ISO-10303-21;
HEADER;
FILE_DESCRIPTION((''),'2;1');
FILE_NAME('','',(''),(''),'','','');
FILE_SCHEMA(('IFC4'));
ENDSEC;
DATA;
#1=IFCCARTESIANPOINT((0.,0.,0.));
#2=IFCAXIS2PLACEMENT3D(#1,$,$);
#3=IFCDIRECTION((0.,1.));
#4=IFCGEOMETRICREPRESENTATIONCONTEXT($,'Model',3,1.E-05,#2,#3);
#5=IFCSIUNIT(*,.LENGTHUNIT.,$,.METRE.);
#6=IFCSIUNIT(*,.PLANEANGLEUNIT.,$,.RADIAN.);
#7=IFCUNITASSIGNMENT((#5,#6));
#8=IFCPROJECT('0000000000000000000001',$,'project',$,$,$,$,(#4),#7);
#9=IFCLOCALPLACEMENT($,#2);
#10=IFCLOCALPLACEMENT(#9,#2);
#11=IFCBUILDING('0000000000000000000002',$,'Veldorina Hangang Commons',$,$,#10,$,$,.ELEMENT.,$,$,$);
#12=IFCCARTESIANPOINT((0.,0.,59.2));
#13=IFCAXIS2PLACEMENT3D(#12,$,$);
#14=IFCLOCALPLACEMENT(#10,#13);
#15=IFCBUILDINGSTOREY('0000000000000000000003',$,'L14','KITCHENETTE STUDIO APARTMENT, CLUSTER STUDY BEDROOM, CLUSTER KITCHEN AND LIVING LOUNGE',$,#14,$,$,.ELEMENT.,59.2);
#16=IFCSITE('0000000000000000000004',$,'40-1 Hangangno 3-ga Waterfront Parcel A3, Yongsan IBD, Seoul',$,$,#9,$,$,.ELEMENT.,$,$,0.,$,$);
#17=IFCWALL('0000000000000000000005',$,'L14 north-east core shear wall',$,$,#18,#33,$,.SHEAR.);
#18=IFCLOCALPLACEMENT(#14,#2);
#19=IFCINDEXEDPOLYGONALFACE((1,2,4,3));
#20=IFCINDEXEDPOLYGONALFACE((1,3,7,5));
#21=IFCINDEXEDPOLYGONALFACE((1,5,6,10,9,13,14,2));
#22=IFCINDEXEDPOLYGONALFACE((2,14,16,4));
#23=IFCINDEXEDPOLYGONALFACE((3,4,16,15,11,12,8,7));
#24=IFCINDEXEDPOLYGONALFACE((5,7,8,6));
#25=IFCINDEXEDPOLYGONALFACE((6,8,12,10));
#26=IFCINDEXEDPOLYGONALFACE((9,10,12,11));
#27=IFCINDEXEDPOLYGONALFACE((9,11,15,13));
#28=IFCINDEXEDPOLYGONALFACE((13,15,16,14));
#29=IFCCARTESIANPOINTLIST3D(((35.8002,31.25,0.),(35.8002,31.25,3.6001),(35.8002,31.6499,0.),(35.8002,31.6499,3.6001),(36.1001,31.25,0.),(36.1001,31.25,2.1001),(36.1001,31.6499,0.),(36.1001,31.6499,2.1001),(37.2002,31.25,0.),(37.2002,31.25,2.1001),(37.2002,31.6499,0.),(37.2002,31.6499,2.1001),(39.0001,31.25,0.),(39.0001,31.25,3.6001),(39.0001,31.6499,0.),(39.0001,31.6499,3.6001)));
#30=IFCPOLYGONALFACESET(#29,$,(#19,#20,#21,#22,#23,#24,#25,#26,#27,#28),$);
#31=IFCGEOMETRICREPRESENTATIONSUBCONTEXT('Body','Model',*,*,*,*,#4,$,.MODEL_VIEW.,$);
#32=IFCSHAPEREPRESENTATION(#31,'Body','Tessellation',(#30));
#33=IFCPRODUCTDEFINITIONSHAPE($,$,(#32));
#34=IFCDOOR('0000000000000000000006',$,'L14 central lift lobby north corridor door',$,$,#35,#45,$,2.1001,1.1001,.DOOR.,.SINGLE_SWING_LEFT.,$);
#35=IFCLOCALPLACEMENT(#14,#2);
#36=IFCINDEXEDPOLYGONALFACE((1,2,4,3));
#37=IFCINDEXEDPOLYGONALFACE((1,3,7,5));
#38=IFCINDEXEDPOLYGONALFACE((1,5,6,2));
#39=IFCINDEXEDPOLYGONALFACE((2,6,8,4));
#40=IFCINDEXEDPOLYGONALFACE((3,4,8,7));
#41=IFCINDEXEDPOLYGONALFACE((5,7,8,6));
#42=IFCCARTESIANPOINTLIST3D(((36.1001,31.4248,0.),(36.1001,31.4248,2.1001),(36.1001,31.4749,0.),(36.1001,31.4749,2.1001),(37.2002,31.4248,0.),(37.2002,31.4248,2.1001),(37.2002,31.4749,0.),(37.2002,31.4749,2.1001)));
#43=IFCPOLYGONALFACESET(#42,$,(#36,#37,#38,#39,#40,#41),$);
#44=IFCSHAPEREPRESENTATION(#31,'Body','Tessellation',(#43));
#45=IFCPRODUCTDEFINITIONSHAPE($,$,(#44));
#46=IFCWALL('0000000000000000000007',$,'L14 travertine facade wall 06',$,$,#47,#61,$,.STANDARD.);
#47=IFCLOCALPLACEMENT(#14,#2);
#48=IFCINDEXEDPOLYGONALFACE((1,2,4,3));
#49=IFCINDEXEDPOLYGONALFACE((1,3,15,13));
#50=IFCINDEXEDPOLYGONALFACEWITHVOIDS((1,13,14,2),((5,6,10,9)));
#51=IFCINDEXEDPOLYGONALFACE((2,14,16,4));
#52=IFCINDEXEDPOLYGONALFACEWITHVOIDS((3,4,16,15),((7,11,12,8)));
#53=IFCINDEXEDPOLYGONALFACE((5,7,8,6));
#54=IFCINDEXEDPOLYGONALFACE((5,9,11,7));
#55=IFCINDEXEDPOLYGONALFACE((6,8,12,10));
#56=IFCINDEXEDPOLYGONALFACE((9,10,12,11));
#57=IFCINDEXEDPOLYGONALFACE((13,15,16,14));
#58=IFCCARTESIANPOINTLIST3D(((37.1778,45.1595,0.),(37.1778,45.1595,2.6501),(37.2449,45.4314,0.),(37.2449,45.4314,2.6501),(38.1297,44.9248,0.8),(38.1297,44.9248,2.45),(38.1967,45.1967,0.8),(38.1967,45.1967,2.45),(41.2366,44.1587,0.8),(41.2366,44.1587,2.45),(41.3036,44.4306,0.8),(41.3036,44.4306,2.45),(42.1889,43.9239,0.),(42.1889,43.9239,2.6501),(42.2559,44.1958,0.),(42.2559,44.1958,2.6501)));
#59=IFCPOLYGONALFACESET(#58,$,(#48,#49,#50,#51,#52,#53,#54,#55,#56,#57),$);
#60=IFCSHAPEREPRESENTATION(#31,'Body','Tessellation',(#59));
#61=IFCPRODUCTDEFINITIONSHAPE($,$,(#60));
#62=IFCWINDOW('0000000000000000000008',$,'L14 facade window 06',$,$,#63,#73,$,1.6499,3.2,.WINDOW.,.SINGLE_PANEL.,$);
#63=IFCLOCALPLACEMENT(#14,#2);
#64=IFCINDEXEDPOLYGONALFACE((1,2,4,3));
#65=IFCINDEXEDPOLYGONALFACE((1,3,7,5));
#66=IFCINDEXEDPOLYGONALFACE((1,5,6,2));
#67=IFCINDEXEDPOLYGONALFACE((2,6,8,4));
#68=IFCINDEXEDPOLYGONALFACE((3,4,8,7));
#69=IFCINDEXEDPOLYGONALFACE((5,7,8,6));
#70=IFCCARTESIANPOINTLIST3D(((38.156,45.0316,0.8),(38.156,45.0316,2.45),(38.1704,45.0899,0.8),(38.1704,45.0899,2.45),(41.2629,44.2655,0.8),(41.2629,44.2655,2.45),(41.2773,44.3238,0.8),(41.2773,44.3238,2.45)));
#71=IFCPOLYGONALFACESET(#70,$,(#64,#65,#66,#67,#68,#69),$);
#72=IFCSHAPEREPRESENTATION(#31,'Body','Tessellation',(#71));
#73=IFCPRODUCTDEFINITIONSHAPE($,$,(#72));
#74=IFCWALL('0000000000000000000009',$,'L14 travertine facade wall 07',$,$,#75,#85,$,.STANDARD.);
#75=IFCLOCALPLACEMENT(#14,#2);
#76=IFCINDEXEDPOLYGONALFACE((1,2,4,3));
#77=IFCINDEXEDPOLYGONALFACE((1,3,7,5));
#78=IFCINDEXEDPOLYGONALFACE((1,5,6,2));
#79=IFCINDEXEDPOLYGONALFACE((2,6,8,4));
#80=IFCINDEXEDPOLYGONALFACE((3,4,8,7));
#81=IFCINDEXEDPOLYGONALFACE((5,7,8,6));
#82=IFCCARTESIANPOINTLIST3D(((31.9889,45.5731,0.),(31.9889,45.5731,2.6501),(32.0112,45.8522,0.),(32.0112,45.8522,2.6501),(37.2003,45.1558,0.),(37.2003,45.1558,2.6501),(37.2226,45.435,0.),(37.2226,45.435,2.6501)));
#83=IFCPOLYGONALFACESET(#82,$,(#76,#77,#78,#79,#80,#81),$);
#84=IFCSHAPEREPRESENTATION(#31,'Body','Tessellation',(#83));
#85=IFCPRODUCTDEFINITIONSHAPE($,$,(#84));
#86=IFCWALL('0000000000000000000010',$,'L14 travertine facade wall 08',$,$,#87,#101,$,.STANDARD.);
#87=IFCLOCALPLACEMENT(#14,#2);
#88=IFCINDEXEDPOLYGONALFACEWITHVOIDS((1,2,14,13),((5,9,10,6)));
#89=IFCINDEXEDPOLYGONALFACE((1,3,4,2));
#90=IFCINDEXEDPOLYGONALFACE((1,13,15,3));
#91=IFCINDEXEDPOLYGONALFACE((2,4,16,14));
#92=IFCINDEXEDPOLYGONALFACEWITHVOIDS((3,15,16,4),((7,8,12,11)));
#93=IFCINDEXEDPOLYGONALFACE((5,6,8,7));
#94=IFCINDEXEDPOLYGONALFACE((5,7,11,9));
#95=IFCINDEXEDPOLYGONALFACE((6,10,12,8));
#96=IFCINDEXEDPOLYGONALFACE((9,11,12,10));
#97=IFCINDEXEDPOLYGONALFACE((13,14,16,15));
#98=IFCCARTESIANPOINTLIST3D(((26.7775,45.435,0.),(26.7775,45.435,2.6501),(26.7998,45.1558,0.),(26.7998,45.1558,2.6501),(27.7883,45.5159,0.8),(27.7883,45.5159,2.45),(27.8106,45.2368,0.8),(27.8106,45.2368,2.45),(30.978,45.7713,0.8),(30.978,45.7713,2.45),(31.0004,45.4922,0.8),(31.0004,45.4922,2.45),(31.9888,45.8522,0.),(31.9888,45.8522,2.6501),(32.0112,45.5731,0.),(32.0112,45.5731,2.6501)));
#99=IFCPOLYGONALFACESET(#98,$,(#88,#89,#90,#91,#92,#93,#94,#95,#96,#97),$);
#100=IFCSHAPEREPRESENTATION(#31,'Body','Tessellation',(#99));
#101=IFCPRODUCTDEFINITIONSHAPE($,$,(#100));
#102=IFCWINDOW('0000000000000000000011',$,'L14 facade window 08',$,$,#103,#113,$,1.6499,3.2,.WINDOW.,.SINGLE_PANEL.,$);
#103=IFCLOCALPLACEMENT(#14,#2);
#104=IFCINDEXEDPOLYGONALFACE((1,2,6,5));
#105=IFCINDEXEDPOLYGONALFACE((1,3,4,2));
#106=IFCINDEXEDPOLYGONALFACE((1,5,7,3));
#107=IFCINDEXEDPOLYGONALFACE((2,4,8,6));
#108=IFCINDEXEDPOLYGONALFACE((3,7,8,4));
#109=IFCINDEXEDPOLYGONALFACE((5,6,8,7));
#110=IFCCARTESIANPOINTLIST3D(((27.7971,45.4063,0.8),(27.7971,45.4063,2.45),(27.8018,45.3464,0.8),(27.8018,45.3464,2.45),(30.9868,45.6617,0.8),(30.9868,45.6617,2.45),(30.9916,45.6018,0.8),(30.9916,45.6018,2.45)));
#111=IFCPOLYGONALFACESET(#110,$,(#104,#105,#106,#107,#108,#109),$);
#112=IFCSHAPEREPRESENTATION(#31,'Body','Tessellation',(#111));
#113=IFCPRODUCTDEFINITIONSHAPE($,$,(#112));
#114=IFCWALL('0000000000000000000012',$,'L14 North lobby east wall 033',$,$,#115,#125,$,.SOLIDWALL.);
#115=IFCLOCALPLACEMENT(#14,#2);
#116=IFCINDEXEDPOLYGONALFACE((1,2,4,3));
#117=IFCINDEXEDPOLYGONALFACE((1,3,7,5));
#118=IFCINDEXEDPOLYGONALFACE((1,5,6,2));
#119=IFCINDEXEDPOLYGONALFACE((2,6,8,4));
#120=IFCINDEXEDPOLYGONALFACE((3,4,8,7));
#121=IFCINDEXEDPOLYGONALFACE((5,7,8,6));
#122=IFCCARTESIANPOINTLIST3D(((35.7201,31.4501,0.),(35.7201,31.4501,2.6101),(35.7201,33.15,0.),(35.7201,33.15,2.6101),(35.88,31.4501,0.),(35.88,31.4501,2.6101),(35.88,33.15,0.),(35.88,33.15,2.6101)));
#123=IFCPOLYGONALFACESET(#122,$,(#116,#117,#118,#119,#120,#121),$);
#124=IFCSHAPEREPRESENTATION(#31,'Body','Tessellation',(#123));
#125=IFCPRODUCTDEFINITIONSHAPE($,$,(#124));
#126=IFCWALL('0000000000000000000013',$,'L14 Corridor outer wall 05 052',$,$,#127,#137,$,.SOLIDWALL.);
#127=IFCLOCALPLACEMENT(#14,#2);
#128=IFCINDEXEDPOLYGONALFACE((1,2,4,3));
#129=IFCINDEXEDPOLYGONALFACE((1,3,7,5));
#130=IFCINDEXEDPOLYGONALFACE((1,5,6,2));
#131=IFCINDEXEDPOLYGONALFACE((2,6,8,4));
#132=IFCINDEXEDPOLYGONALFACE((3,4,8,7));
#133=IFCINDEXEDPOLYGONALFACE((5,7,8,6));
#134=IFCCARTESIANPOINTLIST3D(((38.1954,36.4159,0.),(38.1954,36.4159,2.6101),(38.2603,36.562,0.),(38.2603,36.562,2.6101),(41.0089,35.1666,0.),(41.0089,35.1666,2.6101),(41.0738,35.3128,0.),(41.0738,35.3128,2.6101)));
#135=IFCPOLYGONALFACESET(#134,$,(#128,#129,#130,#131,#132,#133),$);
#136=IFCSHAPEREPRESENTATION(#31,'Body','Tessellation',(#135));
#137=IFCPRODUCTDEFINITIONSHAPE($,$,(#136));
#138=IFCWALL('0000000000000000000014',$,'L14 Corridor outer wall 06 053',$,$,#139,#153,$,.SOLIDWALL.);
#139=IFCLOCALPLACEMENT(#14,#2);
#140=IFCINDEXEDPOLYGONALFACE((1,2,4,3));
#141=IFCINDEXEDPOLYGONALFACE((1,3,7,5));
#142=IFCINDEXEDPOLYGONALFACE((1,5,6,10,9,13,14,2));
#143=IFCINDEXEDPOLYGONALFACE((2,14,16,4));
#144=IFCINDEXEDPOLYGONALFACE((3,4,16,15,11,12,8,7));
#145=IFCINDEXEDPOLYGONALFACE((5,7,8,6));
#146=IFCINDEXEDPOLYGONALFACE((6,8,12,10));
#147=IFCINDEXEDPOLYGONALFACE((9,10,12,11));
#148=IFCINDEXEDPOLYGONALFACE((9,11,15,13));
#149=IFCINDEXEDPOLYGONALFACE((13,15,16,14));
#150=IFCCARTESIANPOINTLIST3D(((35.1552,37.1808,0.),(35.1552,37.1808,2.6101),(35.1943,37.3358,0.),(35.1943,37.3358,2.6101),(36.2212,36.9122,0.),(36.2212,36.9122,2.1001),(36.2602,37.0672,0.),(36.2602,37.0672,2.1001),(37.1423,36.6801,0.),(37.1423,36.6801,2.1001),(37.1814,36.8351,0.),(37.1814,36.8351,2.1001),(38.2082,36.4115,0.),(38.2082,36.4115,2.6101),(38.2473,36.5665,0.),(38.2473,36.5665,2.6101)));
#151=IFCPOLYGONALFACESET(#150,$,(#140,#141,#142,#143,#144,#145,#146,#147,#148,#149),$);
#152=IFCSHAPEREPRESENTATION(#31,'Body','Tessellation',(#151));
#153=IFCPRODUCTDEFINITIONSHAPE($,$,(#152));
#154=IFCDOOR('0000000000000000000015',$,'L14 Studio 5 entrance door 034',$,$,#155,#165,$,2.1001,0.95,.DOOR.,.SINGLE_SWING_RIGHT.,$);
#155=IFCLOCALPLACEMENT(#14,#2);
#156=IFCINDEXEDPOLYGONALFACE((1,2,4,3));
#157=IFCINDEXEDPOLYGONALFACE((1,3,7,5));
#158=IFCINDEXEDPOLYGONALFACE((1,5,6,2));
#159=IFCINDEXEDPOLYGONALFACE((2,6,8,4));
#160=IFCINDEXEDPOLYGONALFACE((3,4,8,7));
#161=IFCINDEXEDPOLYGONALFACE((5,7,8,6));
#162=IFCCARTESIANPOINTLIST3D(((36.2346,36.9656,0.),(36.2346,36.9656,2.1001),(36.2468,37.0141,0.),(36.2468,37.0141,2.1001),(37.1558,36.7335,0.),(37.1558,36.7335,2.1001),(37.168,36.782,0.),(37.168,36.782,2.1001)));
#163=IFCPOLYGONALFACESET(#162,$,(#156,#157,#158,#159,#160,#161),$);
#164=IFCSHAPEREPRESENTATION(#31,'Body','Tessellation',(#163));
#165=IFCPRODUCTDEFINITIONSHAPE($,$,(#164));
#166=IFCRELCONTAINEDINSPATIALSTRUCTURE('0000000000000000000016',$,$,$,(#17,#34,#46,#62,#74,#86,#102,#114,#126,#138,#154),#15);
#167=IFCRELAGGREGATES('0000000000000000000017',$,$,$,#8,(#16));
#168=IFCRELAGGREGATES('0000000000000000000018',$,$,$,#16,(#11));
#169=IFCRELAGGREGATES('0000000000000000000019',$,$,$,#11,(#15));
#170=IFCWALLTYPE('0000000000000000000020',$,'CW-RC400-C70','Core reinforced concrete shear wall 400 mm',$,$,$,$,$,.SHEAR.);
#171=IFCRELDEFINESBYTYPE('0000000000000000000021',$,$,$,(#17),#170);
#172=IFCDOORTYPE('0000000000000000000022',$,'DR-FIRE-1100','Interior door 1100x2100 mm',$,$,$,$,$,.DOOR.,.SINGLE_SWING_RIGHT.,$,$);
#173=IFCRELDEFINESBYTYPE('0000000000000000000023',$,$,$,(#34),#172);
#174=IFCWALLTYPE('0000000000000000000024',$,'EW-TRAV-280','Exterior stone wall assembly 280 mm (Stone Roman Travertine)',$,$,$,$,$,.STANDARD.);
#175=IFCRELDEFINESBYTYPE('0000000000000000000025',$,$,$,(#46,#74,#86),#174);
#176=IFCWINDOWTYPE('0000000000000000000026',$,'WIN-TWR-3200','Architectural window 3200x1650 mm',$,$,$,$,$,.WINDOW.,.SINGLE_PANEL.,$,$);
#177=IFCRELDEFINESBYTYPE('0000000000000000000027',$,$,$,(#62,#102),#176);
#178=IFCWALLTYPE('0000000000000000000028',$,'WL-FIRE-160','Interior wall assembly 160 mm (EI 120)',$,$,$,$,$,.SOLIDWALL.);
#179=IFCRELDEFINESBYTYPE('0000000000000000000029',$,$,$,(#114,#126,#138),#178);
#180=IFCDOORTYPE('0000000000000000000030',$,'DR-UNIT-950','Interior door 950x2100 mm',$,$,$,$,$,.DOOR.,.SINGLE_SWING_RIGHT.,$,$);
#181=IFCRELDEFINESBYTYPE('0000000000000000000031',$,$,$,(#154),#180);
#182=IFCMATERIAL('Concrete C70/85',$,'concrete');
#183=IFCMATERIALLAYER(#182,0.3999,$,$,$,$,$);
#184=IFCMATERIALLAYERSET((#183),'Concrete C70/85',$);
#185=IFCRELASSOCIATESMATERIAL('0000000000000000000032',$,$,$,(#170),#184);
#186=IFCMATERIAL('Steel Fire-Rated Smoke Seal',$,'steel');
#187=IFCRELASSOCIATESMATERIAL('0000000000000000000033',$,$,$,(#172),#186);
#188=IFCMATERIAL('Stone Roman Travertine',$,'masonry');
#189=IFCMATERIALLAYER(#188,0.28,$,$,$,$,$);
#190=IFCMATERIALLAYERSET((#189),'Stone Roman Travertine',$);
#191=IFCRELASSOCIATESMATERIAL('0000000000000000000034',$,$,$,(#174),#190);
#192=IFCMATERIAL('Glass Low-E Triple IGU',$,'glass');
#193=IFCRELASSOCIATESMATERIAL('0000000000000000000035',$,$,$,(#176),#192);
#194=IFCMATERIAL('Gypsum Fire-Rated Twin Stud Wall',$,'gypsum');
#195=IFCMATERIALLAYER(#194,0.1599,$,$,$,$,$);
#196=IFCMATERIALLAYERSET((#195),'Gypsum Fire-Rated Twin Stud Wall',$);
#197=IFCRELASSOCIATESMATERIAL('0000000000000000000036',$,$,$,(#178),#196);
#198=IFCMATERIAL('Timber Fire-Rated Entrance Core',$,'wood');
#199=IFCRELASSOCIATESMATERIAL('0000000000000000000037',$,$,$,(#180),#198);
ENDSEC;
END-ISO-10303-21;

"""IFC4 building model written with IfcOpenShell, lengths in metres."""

from ifc_helpers import new_model, si_unit, direction, frame, frame_2d, origin, place, context, subcontext, project, spatial, rectangle, extrude, material, layer, layer_set, type_object, element, fill, save


model = new_model("IFC4")

# Units and contexts
model_context = context("Model", 3, precision=1e-05, world=origin(), true_north=direction((0.0, 1.0)))
body_context = subcontext(model_context, "Body", "Model", "MODEL_VIEW")
ifc_project = project(units=[si_unit("LENGTHUNIT", "METRE"), si_unit("PLANEANGLEUNIT", "RADIAN")], contexts=[model_context])

# Site, building, storey
site_placement = place(None, origin())
site = spatial("IfcSite", under=ifc_project, at=site_placement, Name="40-1 Hangangno 3-ga Waterfront Parcel A3, Yongsan IBD, Seoul", CompositionType="ELEMENT", RefElevation=0.0)
building_placement = place(site_placement, origin())
building = spatial("IfcBuilding", under=site, at=building_placement, Name="Veldorina Hangang Commons", CompositionType="ELEMENT")
storey_placement = place(building_placement, frame((0.0, 0.0, 59.2)))
storey = spatial("IfcBuildingStorey", under=building, at=storey_placement, Name="L14", Description="KITCHENETTE STUDIO APARTMENT, CLUSTER STUDY BEDROOM, CLUSTER KITCHEN AND LIVING LOUNGE", CompositionType="ELEMENT", Elevation=59.2)

# Wall, opening, door
ifc_material_1 = material(Name="Concrete C70/85", Category="concrete")
ifc_layer_1 = layer(ifc_material_1, 0.3999)
ifc_layer_set_1 = layer_set([ifc_layer_1], Name="Concrete C70/85")
wall_type_1 = type_object("IfcWallType", Name="CW-RC400-C70", Description="Core reinforced concrete shear wall 400 mm", PredefinedType="SHEAR", material=ifc_layer_set_1)
wall_1_placement = place(storey_placement, frame((35.8, 31.45, 0.0), z_axis=(0.0, 0.0, 1.0), x_axis=(1.0, 0.0, 0.0)))
wall_1 = element("IfcWall", 1, at=wall_1_placement, inside=storey, type_object=wall_type_1, Name="L14 north-east core shear wall", PredefinedType="SHEAR", context=body_context, shape_type="SweptSolid", body=[
    extrude(rectangle(XDim=3.2, YDim=0.3999, at=frame_2d((1.6001, 0.0))), origin(), (0.0, 0.0, 1.0), 3.6001),
])
opening_1_placement = place(wall_1_placement, frame((0.3, 0.0, 0.0)))
opening_1 = element("IfcOpeningElement", 2, at=opening_1_placement, cuts=wall_1, PredefinedType="OPENING", context=body_context, shape_type="SweptSolid", body=[
    extrude(rectangle(XDim=1.1001, YDim=2.1001, at=frame_2d((0.55, 1.05))), frame((0.0, 0.21, 0.0), z_axis=(0.0, -1.0, 0.0), x_axis=(1.0, 0.0, 0.0)), (0.0, 0.0, 1.0), 0.4199),
])
ifc_material_2 = material(Name="Steel Fire-Rated Smoke Seal", Category="steel")
door_type_1 = type_object("IfcDoorType", Name="DR-FIRE-1100", Description="Interior door 1100x2100 mm", OperationType="SINGLE_SWING_RIGHT", PredefinedType="DOOR", material=ifc_material_2)
door_1_placement = place(opening_1_placement, origin())
door_1 = element("IfcDoor", 3, at=door_1_placement, inside=storey, type_object=door_type_1, Name="L14 central lift lobby north corridor door", OperationType="SINGLE_SWING_LEFT", OverallHeight=2.1001, OverallWidth=1.1001, PredefinedType="DOOR", context=body_context, shape_type="SweptSolid", body=[
    extrude(rectangle(XDim=1.1001, YDim=2.1001, at=frame_2d((0.55, 1.05))), frame((0.0, 0.0249, 0.0), z_axis=(0.0, -1.0, 0.0), x_axis=(1.0, 0.0, 0.0)), (0.0, 0.0, 1.0), 0.05),
])
fill(opening_1, door_1)

# Wall, opening, window
ifc_material_3 = material(Name="Stone Roman Travertine", Category="masonry")
ifc_layer_2 = layer(ifc_material_3, 0.28)
ifc_layer_set_2 = layer_set([ifc_layer_2], Name="Stone Roman Travertine")
wall_type_2 = type_object("IfcWallType", Name="EW-TRAV-280", Description="Exterior stone wall assembly 280 mm (Stone Roman Travertine)", PredefinedType="STANDARD", material=ifc_layer_set_2)
wall_2_placement = place(storey_placement, frame((42.2224, 44.0598, 0.0), z_axis=(0.0, 0.0, 1.0), x_axis=(-0.970919, 0.239407, 0.0)))
wall_2 = element("IfcWall", 4, at=wall_2_placement, inside=storey, type_object=wall_type_2, Name="L14 travertine facade wall 06", PredefinedType="STANDARD", context=body_context, shape_type="SweptSolid", body=[
    extrude(rectangle(XDim=5.1611, YDim=0.28, at=frame_2d((2.5806, 0.0))), origin(), (0.0, 0.0, 1.0), 2.6501),
])
opening_2_placement = place(wall_2_placement, frame((0.9807, 0.0, 0.8)))
opening_2 = element("IfcOpeningElement", 5, at=opening_2_placement, cuts=wall_2, PredefinedType="OPENING", context=body_context, shape_type="SweptSolid", body=[
    extrude(rectangle(XDim=3.2, YDim=1.6499, at=frame_2d((1.6001, 0.825))), frame((0.0, 0.1499, 0.0), z_axis=(0.0, -1.0, 0.0), x_axis=(1.0, 0.0, 0.0)), (0.0, 0.0, 1.0), 0.3),
])
ifc_material_4 = material(Name="Glass Low-E Triple IGU", Category="glass")
window_type = type_object("IfcWindowType", Name="WIN-TWR-3200", Description="Architectural window 3200x1650 mm", PartitioningType="SINGLE_PANEL", PredefinedType="WINDOW", material=ifc_material_4)
window_1_placement = place(opening_2_placement, origin())
window_1 = element("IfcWindow", 6, at=window_1_placement, inside=storey, type_object=window_type, Name="L14 facade window 06", OverallHeight=1.6499, OverallWidth=3.2, PartitioningType="SINGLE_PANEL", PredefinedType="WINDOW", context=body_context, shape_type="SweptSolid", body=[
    extrude(rectangle(XDim=3.2, YDim=1.6499, at=frame_2d((1.6001, 0.825))), frame((0.0, 0.03, 0.0), z_axis=(0.0, -1.0, 0.0), x_axis=(1.0, 0.0, 0.0)), (0.0, 0.0, 1.0), 0.0601),
])
fill(opening_2, window_1)

# Wall
wall_3_placement = place(storey_placement, frame((37.2114, 45.2954, 0.0), z_axis=(0.0, 0.0, 1.0), x_axis=(-0.99681, 0.079806, 0.0)))
element("IfcWall", 7, at=wall_3_placement, inside=storey, type_object=wall_type_2, Name="L14 travertine facade wall 07", PredefinedType="STANDARD", context=body_context, shape_type="SweptSolid", body=[
    extrude(rectangle(XDim=5.228, YDim=0.28, at=frame_2d((2.614, 0.0))), origin(), (0.0, 0.0, 1.0), 2.6501),
])

# Wall, opening, window
wall_4_placement = place(storey_placement, frame((32.0, 45.7126, 0.0), z_axis=(0.0, 0.0, 1.0), x_axis=(-0.99681, -0.079806, 0.0)))
wall_4 = element("IfcWall", 8, at=wall_4_placement, inside=storey, type_object=wall_type_2, Name="L14 travertine facade wall 08", PredefinedType="STANDARD", context=body_context, shape_type="SweptSolid", body=[
    extrude(rectangle(XDim=5.228, YDim=0.28, at=frame_2d((2.614, 0.0))), origin(), (0.0, 0.0, 1.0), 2.6501),
])
opening_3_placement = place(wall_4_placement, frame((1.0139, 0.0, 0.8)))
opening_3 = element("IfcOpeningElement", 9, at=opening_3_placement, cuts=wall_4, PredefinedType="OPENING", context=body_context, shape_type="SweptSolid", body=[
    extrude(rectangle(XDim=3.2, YDim=1.6499, at=frame_2d((1.6001, 0.825))), frame((0.0, 0.1499, 0.0), z_axis=(0.0, -1.0, 0.0), x_axis=(1.0, 0.0, 0.0)), (0.0, 0.0, 1.0), 0.3),
])
window_2_placement = place(opening_3_placement, origin())
window_2 = element("IfcWindow", 10, at=window_2_placement, inside=storey, type_object=window_type, Name="L14 facade window 08", OverallHeight=1.6499, OverallWidth=3.2, PartitioningType="SINGLE_PANEL", PredefinedType="WINDOW", context=body_context, shape_type="SweptSolid", body=[
    extrude(rectangle(XDim=3.2, YDim=1.6499, at=frame_2d((1.6001, 0.825))), frame((0.0, 0.03, 0.0), z_axis=(0.0, -1.0, 0.0), x_axis=(1.0, 0.0, 0.0)), (0.0, 0.0, 1.0), 0.0601),
])
fill(opening_3, window_2)

# Walls
ifc_material_5 = material(Name="Gypsum Fire-Rated Twin Stud Wall", Category="gypsum")
ifc_layer_3 = layer(ifc_material_5, 0.1599)
ifc_layer_set_3 = layer_set([ifc_layer_3], Name="Gypsum Fire-Rated Twin Stud Wall")
wall_type_3 = type_object("IfcWallType", Name="WL-FIRE-160", Description="Interior wall assembly 160 mm (EI 120)", PredefinedType="SOLIDWALL", material=ifc_layer_set_3)
wall_5_placement = place(storey_placement, frame((35.8, 31.45, 0.0), z_axis=(0.0, 0.0, 1.0), x_axis=(0.0, 1.0, 0.0)))
element("IfcWall", 11, at=wall_5_placement, inside=storey, type_object=wall_type_3, Name="L14 North lobby east wall 033", PredefinedType="SOLIDWALL", context=body_context, shape_type="SweptSolid", body=[
    extrude(rectangle(XDim=1.7, YDim=0.1599, at=frame_2d((0.8501, 0.0))), origin(), (0.0, 0.0, 1.0), 2.6101),
])
wall_6_placement = place(storey_placement, frame((41.0413, 35.2397, 0.0), z_axis=(0.0, 0.0, 1.0), x_axis=(-0.913952, 0.405822, 0.0)))
element("IfcWall", 12, at=wall_6_placement, inside=storey, type_object=wall_type_3, Name="L14 Corridor outer wall 05 052", PredefinedType="SOLIDWALL", context=body_context, shape_type="SweptSolid", body=[
    extrude(rectangle(XDim=3.0784, YDim=0.1599, at=frame_2d((1.5391, 0.0))), origin(), (0.0, 0.0, 1.0), 2.6101),
])

# Wall, opening, door
wall_7_placement = place(storey_placement, frame((38.2278, 36.489, 0.0), z_axis=(0.0, 0.0, 1.0), x_axis=(-0.969689, 0.244342, 0.0)))
wall_7 = element("IfcWall", 13, at=wall_7_placement, inside=storey, type_object=wall_type_3, Name="L14 Corridor outer wall 06 053", PredefinedType="SOLIDWALL", context=body_context, shape_type="SweptSolid", body=[
    extrude(rectangle(XDim=3.1484, YDim=0.1599, at=frame_2d((1.5742, 0.0))), origin(), (0.0, 0.0, 1.0), 2.6101),
])
opening_4_placement = place(wall_7_placement, frame((1.0991, 0.0, 0.0)))
opening_4 = element("IfcOpeningElement", 14, at=opening_4_placement, cuts=wall_7, PredefinedType="OPENING", context=body_context, shape_type="SweptSolid", body=[
    extrude(rectangle(XDim=0.95, YDim=2.1001, at=frame_2d((0.4751, 1.05))), frame((0.0, 0.0898, 0.0), z_axis=(0.0, -1.0, 0.0), x_axis=(1.0, 0.0, 0.0)), (0.0, 0.0, 1.0), 0.1799),
])
ifc_material_6 = material(Name="Timber Fire-Rated Entrance Core", Category="wood")
door_type_2 = type_object("IfcDoorType", Name="DR-UNIT-950", Description="Interior door 950x2100 mm", OperationType="SINGLE_SWING_RIGHT", PredefinedType="DOOR", material=ifc_material_6)
door_2_placement = place(opening_4_placement, origin())
door_2 = element("IfcDoor", 15, at=door_2_placement, inside=storey, type_object=door_type_2, Name="L14 Studio 5 entrance door 034", OperationType="SINGLE_SWING_RIGHT", OverallHeight=2.1001, OverallWidth=0.95, PredefinedType="DOOR", context=body_context, shape_type="SweptSolid", body=[
    extrude(rectangle(XDim=0.95, YDim=2.1001, at=frame_2d((0.4751, 1.05))), frame((0.0, 0.0249, 0.0), z_axis=(0.0, -1.0, 0.0), x_axis=(1.0, 0.0, 0.0)), (0.0, 0.0, 1.0), 0.05),
])
fill(opening_4, door_2)

save(model, "model.ifc")
